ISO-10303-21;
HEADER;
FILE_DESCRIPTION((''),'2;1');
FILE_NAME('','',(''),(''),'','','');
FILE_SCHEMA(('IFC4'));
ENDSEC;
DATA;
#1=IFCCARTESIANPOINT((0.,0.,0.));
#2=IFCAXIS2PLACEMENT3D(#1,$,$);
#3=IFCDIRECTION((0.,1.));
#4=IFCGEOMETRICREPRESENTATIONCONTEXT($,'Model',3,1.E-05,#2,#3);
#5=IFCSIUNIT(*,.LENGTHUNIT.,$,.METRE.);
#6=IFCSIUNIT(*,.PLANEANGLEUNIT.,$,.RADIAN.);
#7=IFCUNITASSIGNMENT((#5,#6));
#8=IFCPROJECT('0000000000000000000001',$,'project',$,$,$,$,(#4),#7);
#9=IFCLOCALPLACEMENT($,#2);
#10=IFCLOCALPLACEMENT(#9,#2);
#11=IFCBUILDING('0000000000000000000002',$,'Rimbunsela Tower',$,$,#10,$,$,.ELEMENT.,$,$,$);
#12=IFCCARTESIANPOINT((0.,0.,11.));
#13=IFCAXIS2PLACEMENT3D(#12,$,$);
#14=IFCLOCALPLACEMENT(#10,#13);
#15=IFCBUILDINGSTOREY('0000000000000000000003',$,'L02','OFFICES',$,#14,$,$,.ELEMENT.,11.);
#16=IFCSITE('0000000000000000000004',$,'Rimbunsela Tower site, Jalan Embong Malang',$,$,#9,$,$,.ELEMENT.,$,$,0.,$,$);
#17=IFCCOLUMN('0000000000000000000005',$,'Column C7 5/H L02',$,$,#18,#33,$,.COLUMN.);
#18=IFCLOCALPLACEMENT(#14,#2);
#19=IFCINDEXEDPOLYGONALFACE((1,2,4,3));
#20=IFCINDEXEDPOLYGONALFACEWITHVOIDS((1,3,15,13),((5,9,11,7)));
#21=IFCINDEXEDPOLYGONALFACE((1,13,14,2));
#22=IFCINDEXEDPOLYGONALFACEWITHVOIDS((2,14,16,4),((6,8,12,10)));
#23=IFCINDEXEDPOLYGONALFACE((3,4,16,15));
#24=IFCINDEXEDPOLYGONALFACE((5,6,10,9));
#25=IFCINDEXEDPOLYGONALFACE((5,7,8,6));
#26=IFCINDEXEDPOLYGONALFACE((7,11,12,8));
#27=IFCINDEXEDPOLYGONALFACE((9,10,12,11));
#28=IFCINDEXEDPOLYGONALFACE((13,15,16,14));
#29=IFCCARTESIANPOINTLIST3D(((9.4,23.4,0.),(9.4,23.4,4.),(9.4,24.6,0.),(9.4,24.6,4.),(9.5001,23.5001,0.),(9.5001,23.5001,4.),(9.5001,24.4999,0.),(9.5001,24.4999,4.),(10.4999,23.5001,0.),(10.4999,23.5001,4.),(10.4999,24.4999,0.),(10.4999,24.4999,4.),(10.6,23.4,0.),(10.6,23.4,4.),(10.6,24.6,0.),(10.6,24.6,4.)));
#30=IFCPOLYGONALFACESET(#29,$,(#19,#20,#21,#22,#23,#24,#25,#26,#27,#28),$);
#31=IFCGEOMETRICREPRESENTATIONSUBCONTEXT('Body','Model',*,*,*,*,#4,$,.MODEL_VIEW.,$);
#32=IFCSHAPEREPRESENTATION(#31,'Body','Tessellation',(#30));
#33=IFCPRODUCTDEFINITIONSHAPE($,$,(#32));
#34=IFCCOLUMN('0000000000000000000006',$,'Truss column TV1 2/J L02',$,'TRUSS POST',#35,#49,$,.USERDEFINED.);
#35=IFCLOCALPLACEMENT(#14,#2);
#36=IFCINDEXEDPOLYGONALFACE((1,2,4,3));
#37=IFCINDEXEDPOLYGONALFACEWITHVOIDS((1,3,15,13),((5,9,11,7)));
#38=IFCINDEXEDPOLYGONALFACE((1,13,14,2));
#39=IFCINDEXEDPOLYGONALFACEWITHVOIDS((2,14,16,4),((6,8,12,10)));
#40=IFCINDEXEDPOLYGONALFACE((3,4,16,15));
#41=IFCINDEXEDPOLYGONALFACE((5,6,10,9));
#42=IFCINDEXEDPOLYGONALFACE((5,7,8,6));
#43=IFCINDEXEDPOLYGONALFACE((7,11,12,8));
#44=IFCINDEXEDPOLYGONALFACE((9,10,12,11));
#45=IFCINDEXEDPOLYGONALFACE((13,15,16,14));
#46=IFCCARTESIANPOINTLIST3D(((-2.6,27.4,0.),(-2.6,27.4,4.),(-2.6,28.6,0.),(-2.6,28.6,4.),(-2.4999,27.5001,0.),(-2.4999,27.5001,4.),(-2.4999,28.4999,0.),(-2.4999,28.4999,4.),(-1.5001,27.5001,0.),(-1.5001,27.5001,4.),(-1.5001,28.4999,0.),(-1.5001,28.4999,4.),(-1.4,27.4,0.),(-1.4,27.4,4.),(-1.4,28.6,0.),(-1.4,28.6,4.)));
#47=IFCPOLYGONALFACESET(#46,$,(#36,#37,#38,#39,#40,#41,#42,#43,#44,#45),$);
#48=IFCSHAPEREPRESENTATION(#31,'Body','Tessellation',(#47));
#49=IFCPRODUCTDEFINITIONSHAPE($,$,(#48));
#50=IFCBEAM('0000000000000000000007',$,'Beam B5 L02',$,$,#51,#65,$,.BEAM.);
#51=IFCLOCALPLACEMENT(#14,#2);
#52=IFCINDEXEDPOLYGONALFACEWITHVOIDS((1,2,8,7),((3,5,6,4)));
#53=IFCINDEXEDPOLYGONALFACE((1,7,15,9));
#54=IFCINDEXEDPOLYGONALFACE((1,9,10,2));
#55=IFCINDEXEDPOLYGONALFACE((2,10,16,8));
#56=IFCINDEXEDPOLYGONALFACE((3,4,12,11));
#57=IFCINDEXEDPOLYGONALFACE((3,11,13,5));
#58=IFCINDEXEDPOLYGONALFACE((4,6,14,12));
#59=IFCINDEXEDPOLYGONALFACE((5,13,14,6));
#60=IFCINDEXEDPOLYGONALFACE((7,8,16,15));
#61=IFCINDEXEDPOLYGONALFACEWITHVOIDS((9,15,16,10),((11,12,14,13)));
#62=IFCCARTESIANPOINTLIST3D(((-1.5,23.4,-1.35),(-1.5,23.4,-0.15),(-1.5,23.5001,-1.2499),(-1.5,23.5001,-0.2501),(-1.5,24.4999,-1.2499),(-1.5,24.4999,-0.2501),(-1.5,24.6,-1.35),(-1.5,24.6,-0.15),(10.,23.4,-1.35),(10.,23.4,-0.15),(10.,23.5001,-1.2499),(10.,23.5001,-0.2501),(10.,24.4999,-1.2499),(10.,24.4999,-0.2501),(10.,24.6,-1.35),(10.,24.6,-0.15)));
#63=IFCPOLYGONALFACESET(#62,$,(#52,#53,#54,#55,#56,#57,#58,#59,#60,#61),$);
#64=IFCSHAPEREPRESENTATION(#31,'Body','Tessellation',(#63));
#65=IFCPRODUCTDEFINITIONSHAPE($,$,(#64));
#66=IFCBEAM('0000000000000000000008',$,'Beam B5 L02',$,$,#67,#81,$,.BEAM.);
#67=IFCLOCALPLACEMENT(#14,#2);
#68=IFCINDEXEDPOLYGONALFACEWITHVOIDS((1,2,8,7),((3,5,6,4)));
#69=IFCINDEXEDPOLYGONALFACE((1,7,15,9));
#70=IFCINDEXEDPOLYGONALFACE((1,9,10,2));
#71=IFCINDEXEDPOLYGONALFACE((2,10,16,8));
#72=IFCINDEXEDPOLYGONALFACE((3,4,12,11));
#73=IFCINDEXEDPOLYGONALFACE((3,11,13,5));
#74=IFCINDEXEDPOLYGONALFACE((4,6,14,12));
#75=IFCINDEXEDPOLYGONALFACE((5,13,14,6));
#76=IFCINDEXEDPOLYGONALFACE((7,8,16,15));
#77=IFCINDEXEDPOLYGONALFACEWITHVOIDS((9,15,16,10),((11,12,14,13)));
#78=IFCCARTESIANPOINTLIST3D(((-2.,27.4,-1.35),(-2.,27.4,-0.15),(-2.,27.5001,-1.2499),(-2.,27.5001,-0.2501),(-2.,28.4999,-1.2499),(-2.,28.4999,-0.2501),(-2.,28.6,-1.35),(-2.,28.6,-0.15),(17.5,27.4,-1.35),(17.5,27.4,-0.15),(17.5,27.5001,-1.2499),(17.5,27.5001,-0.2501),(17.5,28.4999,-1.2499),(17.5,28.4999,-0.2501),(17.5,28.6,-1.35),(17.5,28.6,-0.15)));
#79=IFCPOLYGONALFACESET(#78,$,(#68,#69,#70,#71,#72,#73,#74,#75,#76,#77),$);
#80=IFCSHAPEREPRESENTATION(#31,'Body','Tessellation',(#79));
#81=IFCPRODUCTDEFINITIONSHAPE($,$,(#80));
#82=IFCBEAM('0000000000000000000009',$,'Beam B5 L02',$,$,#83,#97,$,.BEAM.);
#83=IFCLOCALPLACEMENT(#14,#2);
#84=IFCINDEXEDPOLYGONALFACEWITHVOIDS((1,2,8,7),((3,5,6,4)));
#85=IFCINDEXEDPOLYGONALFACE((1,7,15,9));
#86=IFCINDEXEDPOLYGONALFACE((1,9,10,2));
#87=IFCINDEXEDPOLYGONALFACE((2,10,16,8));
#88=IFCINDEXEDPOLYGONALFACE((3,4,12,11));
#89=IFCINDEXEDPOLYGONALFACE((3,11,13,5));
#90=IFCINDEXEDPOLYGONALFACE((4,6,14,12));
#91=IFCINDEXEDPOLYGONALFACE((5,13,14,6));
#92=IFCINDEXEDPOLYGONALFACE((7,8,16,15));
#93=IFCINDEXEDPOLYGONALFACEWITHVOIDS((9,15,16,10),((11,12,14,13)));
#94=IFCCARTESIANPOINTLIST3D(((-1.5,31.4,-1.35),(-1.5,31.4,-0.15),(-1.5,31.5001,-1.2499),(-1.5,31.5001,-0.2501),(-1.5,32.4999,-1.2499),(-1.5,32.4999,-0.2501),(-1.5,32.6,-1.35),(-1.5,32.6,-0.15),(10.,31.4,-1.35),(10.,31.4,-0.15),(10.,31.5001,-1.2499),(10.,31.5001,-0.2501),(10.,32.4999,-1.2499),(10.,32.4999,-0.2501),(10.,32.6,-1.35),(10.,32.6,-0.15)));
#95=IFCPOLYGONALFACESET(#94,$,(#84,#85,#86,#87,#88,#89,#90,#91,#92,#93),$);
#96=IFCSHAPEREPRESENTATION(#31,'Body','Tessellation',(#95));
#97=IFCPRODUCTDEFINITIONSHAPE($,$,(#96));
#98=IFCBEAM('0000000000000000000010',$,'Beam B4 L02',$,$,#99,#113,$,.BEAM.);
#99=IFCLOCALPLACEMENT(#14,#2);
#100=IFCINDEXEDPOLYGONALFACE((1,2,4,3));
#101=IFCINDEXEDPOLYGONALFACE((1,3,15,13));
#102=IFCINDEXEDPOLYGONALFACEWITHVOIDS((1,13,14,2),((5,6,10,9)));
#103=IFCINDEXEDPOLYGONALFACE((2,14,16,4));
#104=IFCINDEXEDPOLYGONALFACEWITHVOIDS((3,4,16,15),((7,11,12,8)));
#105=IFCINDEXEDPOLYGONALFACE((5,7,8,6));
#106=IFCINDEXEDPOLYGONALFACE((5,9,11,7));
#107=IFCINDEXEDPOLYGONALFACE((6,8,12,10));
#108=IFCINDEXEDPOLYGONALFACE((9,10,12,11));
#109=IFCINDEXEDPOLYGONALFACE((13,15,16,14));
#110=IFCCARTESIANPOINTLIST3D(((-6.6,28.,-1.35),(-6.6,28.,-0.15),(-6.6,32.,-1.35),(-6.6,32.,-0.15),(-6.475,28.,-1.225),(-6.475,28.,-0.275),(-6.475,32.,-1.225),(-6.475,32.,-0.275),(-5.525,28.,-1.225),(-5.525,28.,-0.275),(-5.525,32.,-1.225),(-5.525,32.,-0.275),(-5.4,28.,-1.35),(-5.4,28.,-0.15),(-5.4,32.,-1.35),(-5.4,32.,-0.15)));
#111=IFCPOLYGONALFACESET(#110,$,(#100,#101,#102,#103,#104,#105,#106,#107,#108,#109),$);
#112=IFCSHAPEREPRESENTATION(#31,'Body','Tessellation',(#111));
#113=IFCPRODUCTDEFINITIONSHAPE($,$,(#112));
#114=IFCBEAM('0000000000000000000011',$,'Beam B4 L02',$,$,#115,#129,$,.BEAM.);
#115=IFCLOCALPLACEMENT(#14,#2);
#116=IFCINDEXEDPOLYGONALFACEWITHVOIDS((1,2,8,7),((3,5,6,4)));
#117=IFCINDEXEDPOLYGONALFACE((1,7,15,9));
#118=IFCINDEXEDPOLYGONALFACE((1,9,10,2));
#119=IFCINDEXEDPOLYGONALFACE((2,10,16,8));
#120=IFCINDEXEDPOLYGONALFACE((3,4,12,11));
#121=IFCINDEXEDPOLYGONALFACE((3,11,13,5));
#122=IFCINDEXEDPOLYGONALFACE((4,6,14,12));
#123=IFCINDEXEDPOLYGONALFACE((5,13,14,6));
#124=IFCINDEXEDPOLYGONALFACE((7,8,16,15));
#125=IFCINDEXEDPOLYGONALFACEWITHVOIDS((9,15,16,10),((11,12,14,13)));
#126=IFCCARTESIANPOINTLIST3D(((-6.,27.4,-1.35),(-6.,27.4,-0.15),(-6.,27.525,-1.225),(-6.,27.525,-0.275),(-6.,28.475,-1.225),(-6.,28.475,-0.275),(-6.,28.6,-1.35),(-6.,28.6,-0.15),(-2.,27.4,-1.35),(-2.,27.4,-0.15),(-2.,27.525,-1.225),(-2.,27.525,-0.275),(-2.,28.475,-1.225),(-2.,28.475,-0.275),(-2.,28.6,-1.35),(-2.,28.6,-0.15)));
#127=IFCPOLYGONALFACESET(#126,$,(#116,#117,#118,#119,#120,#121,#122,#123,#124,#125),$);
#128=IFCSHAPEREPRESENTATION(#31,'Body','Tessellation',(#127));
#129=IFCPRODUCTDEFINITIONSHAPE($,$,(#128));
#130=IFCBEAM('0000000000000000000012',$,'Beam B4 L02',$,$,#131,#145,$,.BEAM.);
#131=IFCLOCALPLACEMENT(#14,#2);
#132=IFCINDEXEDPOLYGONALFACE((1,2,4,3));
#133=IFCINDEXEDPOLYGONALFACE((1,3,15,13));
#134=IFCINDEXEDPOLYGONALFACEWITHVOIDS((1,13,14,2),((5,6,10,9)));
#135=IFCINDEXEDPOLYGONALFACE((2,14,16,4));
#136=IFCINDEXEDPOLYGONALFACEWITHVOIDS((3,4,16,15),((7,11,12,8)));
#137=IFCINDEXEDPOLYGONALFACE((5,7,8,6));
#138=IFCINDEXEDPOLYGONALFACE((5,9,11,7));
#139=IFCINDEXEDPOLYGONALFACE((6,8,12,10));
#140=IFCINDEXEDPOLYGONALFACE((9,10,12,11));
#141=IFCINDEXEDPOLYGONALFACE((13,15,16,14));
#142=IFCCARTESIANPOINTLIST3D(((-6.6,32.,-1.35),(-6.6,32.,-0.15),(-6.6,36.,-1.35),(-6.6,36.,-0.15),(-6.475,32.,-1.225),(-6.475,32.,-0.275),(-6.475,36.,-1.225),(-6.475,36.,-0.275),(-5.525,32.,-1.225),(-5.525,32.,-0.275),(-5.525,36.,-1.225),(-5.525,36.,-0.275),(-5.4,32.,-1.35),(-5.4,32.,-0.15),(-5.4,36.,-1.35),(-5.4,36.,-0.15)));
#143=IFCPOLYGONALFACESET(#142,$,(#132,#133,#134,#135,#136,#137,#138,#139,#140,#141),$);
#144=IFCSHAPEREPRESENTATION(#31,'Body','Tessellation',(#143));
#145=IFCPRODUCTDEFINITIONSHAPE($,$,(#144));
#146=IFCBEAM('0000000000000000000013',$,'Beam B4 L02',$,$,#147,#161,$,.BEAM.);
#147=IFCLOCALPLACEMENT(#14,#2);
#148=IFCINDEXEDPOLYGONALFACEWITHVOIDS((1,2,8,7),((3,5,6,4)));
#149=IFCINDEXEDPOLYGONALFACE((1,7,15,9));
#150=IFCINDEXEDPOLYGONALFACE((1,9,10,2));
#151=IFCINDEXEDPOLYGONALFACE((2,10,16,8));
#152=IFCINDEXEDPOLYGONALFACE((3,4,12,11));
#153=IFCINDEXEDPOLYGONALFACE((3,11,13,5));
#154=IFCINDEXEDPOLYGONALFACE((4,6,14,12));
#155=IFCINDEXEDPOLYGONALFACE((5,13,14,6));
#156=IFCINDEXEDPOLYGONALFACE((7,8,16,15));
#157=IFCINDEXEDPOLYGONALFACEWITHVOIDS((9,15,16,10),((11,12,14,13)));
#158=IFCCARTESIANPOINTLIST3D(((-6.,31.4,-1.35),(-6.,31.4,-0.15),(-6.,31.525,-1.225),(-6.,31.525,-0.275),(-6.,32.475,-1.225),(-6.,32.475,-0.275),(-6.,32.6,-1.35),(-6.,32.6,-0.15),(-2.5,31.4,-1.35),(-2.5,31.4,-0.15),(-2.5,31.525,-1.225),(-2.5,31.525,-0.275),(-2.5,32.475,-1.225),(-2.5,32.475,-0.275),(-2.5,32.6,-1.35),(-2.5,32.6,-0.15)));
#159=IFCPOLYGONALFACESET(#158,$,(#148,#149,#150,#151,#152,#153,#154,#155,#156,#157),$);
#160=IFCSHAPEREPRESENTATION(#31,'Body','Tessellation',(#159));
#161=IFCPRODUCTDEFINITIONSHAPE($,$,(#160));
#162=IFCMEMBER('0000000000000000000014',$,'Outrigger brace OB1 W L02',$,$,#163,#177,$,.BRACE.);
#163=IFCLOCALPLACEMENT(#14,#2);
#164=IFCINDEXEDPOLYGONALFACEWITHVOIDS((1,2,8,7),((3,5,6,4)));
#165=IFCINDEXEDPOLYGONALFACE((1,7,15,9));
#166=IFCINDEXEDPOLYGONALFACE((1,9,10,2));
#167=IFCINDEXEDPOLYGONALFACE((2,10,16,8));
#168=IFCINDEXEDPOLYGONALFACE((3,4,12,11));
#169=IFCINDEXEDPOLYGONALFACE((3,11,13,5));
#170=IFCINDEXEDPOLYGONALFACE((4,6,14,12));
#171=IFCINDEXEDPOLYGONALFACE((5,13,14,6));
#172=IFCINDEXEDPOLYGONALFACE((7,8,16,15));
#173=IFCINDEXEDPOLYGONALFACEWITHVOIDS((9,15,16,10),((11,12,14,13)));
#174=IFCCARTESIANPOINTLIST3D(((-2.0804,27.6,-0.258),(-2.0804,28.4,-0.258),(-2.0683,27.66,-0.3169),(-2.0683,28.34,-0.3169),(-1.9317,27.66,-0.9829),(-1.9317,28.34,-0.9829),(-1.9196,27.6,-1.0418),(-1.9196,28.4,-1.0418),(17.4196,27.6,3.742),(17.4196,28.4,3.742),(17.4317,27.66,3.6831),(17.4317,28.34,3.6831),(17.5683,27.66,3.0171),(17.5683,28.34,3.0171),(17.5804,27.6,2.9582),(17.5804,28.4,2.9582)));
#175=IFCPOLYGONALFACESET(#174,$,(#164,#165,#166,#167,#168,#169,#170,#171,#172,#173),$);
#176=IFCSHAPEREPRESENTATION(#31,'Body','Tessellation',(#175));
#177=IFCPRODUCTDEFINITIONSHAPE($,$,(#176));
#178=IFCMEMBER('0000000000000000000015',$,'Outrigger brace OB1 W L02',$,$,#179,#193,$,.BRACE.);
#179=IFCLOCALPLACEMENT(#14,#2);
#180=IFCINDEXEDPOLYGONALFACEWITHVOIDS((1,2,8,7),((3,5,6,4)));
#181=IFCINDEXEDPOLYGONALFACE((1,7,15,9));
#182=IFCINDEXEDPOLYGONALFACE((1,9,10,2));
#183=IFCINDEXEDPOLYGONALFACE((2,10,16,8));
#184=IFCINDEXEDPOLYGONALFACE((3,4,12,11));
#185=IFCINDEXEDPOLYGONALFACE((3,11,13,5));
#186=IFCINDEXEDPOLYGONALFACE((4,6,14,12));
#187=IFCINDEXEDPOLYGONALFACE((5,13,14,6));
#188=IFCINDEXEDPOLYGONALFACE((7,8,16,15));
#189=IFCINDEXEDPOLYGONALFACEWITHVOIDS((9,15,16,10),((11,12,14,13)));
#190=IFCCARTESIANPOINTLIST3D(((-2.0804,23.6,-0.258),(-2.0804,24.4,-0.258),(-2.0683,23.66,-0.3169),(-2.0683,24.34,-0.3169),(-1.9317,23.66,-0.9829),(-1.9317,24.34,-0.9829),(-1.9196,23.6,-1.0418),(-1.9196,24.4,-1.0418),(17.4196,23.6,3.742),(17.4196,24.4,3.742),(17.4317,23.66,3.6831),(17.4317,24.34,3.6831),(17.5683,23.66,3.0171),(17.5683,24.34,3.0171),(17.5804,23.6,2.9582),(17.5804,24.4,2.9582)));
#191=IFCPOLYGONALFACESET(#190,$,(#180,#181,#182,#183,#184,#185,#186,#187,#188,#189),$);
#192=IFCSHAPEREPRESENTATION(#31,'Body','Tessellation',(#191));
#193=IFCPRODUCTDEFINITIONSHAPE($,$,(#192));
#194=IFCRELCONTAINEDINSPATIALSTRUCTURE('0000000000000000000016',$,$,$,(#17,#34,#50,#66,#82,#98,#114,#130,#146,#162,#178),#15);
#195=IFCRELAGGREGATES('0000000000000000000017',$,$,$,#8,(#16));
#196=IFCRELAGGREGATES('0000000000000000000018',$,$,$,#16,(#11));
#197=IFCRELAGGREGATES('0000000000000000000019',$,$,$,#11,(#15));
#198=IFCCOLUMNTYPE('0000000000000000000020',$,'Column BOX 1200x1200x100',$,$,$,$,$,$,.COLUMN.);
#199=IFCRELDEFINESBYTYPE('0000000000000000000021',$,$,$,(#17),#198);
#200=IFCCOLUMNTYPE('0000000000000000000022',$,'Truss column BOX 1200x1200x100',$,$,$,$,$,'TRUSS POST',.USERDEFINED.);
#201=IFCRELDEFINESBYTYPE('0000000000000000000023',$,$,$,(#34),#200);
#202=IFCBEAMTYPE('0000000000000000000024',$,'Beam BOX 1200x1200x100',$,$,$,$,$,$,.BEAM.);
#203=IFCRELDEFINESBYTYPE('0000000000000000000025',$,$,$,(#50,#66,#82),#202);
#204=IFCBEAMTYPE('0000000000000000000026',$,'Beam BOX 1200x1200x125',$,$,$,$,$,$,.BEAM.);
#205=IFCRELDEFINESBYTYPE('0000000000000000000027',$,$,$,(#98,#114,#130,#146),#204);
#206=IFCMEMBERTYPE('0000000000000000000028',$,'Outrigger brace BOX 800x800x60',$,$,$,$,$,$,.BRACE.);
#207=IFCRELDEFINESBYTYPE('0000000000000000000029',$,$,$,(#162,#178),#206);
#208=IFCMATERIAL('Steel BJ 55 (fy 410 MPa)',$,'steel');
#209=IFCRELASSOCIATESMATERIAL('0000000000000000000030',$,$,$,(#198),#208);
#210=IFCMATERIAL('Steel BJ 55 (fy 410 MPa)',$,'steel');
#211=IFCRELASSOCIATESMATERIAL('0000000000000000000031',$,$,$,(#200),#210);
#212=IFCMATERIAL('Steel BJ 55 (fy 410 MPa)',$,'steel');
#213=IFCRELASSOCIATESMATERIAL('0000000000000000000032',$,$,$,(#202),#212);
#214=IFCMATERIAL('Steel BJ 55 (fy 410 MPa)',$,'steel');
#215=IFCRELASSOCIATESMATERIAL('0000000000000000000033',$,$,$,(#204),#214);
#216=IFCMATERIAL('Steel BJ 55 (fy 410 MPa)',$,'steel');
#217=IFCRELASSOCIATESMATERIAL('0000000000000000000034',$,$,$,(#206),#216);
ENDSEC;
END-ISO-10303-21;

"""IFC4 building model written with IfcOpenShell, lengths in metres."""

from ifc_helpers import new_model, si_unit, direction, frame, origin, origin_2d, place, context, subcontext, project, spatial, hollow_rectangle, extrude, material, material_profile, profile_set, type_object, element, save


model = new_model("IFC4")

# Units and contexts
model_context = context("Model", 3, precision=1e-05, world=origin(), true_north=direction((0.0, 1.0)))
body_context = subcontext(model_context, "Body", "Model", "MODEL_VIEW")
ifc_project = project(units=[si_unit("LENGTHUNIT", "METRE"), si_unit("PLANEANGLEUNIT", "RADIAN")], contexts=[model_context])

# Site, building, storey
site_placement = place(None, origin())
site = spatial("IfcSite", under=ifc_project, at=site_placement, Name="Rimbunsela Tower site, Jalan Embong Malang", CompositionType="ELEMENT", RefElevation=0.0)
building_placement = place(site_placement, origin())
building = spatial("IfcBuilding", under=site, at=building_placement, Name="Rimbunsela Tower", CompositionType="ELEMENT")
storey_placement = place(building_placement, frame((0.0, 0.0, 11.0)))
storey = spatial("IfcBuildingStorey", under=building, at=storey_placement, Name="L02", Description="OFFICES", CompositionType="ELEMENT", Elevation=11.0)

# Columns
ifc_material_1 = material(Name="Steel BJ 55 (fy 410 MPa)", Category="steel")
ifc_material_profile_1 = material_profile(ifc_material_1, hollow_rectangle(XDim=1.2, YDim=1.2, WallThickness=0.1001, at=origin_2d()), Name="BOX 1200x1200x100")
ifc_profile_set_1 = profile_set([ifc_material_profile_1], Name="Steel BJ 55 (fy 410 MPa)")
column_type_1 = type_object("IfcColumnType", Name="Column BOX 1200x1200x100", PredefinedType="COLUMN", material=ifc_profile_set_1)
column_1_placement = place(storey_placement, frame((10.0, 24.0, 0.0), z_axis=(0.0, 0.0, 1.0), x_axis=(1.0, 0.0, 0.0)))
element("IfcColumn", 1, at=column_1_placement, inside=storey, type_object=column_type_1, Name="Column C7 5/H L02", PredefinedType="COLUMN", context=body_context, shape_type="SweptSolid", body=[
    extrude(hollow_rectangle(XDim=1.2, YDim=1.2, WallThickness=0.1001, at=origin_2d()), origin(), (0.0, 0.0, 1.0), 4.0),
])
ifc_material_2 = material(Name="Steel BJ 55 (fy 410 MPa)", Category="steel")
ifc_material_profile_2 = material_profile(ifc_material_2, hollow_rectangle(XDim=1.2, YDim=1.2, WallThickness=0.1001, at=origin_2d()), Name="BOX 1200x1200x100")
ifc_profile_set_2 = profile_set([ifc_material_profile_2], Name="Steel BJ 55 (fy 410 MPa)")
column_type_2 = type_object("IfcColumnType", Name="Truss column BOX 1200x1200x100", ElementType="TRUSS POST", PredefinedType="USERDEFINED", material=ifc_profile_set_2)
column_2_placement = place(storey_placement, frame((-2.0, 28.0, 0.0), z_axis=(0.0, 0.0, 1.0), x_axis=(1.0, 0.0, 0.0)))
element("IfcColumn", 2, at=column_2_placement, inside=storey, type_object=column_type_2, Name="Truss column TV1 2/J L02", ObjectType="TRUSS POST", PredefinedType="USERDEFINED", context=body_context, shape_type="SweptSolid", body=[
    extrude(hollow_rectangle(XDim=1.2, YDim=1.2, WallThickness=0.1001, at=origin_2d()), origin(), (0.0, 0.0, 1.0), 4.0),
])

# Beams
ifc_material_3 = material(Name="Steel BJ 55 (fy 410 MPa)", Category="steel")
ifc_material_profile_3 = material_profile(ifc_material_3, hollow_rectangle(XDim=1.2, YDim=1.2, WallThickness=0.1001, at=origin_2d()), Name="BOX 1200x1200x100")
ifc_profile_set_3 = profile_set([ifc_material_profile_3], Name="Steel BJ 55 (fy 410 MPa)")
beam_type_1 = type_object("IfcBeamType", Name="Beam BOX 1200x1200x100", PredefinedType="BEAM", material=ifc_profile_set_3)
beam_1_placement = place(storey_placement, frame((-1.5, 24.0, -0.75), z_axis=(1.0, 0.0, 0.0), x_axis=(0.0, 1.0, 0.0)))
element("IfcBeam", 3, at=beam_1_placement, inside=storey, type_object=beam_type_1, Name="Beam B5 L02", PredefinedType="BEAM", context=body_context, shape_type="SweptSolid", body=[
    extrude(hollow_rectangle(XDim=1.2, YDim=1.2, WallThickness=0.1001, at=origin_2d()), origin(), (0.0, 0.0, 1.0), 11.5),
])
beam_2_placement = place(storey_placement, frame((-2.0, 28.0, -0.75), z_axis=(1.0, 0.0, 0.0), x_axis=(0.0, 1.0, 0.0)))
element("IfcBeam", 4, at=beam_2_placement, inside=storey, type_object=beam_type_1, Name="Beam B5 L02", PredefinedType="BEAM", context=body_context, shape_type="SweptSolid", body=[
    extrude(hollow_rectangle(XDim=1.2, YDim=1.2, WallThickness=0.1001, at=origin_2d()), origin(), (0.0, 0.0, 1.0), 19.5),
])
beam_3_placement = place(storey_placement, frame((-1.5, 32.0, -0.75), z_axis=(1.0, 0.0, 0.0), x_axis=(0.0, 1.0, 0.0)))
element("IfcBeam", 5, at=beam_3_placement, inside=storey, type_object=beam_type_1, Name="Beam B5 L02", PredefinedType="BEAM", context=body_context, shape_type="SweptSolid", body=[
    extrude(hollow_rectangle(XDim=1.2, YDim=1.2, WallThickness=0.1001, at=origin_2d()), origin(), (0.0, 0.0, 1.0), 11.5),
])
ifc_material_4 = material(Name="Steel BJ 55 (fy 410 MPa)", Category="steel")
ifc_material_profile_4 = material_profile(ifc_material_4, hollow_rectangle(XDim=1.2, YDim=1.2, WallThickness=0.125, at=origin_2d()), Name="BOX 1200x1200x125")
ifc_profile_set_4 = profile_set([ifc_material_profile_4], Name="Steel BJ 55 (fy 410 MPa)")
beam_type_2 = type_object("IfcBeamType", Name="Beam BOX 1200x1200x125", PredefinedType="BEAM", material=ifc_profile_set_4)
for number, where, z_axis, x_axis, name in (
    (6, (-6.0, 28.0, -0.75), (0.0, 1.0, 0.0), (-1.0, 0.0, 0.0), "Beam B4 L02"),
    (7, (-6.0, 28.0, -0.75), (1.0, 0.0, 0.0), (0.0, 1.0, 0.0), "Beam B4 L02"),
    (8, (-6.0, 32.0, -0.75), (0.0, 1.0, 0.0), (-1.0, 0.0, 0.0), "Beam B4 L02"),
):
    element("IfcBeam", number, at=place(storey_placement, frame(where, z_axis=z_axis, x_axis=x_axis)), inside=storey, type_object=beam_type_2, Name=name, PredefinedType="BEAM", context=body_context, shape_type="SweptSolid", body=[
        extrude(hollow_rectangle(XDim=1.2, YDim=1.2, WallThickness=0.125, at=origin_2d()), origin(), (0.0, 0.0, 1.0), 4.0),
    ])
beam_4_placement = place(storey_placement, frame((-6.0, 32.0, -0.75), z_axis=(1.0, 0.0, 0.0), x_axis=(0.0, 1.0, 0.0)))
element("IfcBeam", 9, at=beam_4_placement, inside=storey, type_object=beam_type_2, Name="Beam B4 L02", PredefinedType="BEAM", context=body_context, shape_type="SweptSolid", body=[
    extrude(hollow_rectangle(XDim=1.2, YDim=1.2, WallThickness=0.125, at=origin_2d()), origin(), (0.0, 0.0, 1.0), 3.5),
])

# Members
ifc_material_5 = material(Name="Steel BJ 55 (fy 410 MPa)", Category="steel")
ifc_material_profile_5 = material_profile(ifc_material_5, hollow_rectangle(XDim=0.8, YDim=0.8, WallThickness=0.0601, at=origin_2d()), Name="BOX 800x800x60")
ifc_profile_set_5 = profile_set([ifc_material_profile_5], Name="Steel BJ 55 (fy 410 MPa)")
member_type_1 = type_object("IfcMemberType", Name="Outrigger brace BOX 800x800x60", PredefinedType="BRACE", material=ifc_profile_set_5)
for number, where, z_axis, x_axis, name in (
    (10, (-2.0, 28.0, -0.6499), (0.979603, 0.0, 0.200944), (0.0, 1.0, 0.0), "Outrigger brace OB1 W L02"),
    (11, (-2.0, 24.0, -0.6499), (0.979603, 0.0, 0.200944), (0.0, 1.0, 0.0), "Outrigger brace OB1 W L02"),
):
    element("IfcMember", number, at=place(storey_placement, frame(where, z_axis=z_axis, x_axis=x_axis)), inside=storey, type_object=member_type_1, Name=name, PredefinedType="BRACE", context=body_context, shape_type="SweptSolid", body=[
        extrude(hollow_rectangle(XDim=0.8, YDim=0.8, WallThickness=0.0601, at=origin_2d()), origin(), (0.0, 0.0, 1.0), 19.906),
    ])

save(model, "model.ifc")
